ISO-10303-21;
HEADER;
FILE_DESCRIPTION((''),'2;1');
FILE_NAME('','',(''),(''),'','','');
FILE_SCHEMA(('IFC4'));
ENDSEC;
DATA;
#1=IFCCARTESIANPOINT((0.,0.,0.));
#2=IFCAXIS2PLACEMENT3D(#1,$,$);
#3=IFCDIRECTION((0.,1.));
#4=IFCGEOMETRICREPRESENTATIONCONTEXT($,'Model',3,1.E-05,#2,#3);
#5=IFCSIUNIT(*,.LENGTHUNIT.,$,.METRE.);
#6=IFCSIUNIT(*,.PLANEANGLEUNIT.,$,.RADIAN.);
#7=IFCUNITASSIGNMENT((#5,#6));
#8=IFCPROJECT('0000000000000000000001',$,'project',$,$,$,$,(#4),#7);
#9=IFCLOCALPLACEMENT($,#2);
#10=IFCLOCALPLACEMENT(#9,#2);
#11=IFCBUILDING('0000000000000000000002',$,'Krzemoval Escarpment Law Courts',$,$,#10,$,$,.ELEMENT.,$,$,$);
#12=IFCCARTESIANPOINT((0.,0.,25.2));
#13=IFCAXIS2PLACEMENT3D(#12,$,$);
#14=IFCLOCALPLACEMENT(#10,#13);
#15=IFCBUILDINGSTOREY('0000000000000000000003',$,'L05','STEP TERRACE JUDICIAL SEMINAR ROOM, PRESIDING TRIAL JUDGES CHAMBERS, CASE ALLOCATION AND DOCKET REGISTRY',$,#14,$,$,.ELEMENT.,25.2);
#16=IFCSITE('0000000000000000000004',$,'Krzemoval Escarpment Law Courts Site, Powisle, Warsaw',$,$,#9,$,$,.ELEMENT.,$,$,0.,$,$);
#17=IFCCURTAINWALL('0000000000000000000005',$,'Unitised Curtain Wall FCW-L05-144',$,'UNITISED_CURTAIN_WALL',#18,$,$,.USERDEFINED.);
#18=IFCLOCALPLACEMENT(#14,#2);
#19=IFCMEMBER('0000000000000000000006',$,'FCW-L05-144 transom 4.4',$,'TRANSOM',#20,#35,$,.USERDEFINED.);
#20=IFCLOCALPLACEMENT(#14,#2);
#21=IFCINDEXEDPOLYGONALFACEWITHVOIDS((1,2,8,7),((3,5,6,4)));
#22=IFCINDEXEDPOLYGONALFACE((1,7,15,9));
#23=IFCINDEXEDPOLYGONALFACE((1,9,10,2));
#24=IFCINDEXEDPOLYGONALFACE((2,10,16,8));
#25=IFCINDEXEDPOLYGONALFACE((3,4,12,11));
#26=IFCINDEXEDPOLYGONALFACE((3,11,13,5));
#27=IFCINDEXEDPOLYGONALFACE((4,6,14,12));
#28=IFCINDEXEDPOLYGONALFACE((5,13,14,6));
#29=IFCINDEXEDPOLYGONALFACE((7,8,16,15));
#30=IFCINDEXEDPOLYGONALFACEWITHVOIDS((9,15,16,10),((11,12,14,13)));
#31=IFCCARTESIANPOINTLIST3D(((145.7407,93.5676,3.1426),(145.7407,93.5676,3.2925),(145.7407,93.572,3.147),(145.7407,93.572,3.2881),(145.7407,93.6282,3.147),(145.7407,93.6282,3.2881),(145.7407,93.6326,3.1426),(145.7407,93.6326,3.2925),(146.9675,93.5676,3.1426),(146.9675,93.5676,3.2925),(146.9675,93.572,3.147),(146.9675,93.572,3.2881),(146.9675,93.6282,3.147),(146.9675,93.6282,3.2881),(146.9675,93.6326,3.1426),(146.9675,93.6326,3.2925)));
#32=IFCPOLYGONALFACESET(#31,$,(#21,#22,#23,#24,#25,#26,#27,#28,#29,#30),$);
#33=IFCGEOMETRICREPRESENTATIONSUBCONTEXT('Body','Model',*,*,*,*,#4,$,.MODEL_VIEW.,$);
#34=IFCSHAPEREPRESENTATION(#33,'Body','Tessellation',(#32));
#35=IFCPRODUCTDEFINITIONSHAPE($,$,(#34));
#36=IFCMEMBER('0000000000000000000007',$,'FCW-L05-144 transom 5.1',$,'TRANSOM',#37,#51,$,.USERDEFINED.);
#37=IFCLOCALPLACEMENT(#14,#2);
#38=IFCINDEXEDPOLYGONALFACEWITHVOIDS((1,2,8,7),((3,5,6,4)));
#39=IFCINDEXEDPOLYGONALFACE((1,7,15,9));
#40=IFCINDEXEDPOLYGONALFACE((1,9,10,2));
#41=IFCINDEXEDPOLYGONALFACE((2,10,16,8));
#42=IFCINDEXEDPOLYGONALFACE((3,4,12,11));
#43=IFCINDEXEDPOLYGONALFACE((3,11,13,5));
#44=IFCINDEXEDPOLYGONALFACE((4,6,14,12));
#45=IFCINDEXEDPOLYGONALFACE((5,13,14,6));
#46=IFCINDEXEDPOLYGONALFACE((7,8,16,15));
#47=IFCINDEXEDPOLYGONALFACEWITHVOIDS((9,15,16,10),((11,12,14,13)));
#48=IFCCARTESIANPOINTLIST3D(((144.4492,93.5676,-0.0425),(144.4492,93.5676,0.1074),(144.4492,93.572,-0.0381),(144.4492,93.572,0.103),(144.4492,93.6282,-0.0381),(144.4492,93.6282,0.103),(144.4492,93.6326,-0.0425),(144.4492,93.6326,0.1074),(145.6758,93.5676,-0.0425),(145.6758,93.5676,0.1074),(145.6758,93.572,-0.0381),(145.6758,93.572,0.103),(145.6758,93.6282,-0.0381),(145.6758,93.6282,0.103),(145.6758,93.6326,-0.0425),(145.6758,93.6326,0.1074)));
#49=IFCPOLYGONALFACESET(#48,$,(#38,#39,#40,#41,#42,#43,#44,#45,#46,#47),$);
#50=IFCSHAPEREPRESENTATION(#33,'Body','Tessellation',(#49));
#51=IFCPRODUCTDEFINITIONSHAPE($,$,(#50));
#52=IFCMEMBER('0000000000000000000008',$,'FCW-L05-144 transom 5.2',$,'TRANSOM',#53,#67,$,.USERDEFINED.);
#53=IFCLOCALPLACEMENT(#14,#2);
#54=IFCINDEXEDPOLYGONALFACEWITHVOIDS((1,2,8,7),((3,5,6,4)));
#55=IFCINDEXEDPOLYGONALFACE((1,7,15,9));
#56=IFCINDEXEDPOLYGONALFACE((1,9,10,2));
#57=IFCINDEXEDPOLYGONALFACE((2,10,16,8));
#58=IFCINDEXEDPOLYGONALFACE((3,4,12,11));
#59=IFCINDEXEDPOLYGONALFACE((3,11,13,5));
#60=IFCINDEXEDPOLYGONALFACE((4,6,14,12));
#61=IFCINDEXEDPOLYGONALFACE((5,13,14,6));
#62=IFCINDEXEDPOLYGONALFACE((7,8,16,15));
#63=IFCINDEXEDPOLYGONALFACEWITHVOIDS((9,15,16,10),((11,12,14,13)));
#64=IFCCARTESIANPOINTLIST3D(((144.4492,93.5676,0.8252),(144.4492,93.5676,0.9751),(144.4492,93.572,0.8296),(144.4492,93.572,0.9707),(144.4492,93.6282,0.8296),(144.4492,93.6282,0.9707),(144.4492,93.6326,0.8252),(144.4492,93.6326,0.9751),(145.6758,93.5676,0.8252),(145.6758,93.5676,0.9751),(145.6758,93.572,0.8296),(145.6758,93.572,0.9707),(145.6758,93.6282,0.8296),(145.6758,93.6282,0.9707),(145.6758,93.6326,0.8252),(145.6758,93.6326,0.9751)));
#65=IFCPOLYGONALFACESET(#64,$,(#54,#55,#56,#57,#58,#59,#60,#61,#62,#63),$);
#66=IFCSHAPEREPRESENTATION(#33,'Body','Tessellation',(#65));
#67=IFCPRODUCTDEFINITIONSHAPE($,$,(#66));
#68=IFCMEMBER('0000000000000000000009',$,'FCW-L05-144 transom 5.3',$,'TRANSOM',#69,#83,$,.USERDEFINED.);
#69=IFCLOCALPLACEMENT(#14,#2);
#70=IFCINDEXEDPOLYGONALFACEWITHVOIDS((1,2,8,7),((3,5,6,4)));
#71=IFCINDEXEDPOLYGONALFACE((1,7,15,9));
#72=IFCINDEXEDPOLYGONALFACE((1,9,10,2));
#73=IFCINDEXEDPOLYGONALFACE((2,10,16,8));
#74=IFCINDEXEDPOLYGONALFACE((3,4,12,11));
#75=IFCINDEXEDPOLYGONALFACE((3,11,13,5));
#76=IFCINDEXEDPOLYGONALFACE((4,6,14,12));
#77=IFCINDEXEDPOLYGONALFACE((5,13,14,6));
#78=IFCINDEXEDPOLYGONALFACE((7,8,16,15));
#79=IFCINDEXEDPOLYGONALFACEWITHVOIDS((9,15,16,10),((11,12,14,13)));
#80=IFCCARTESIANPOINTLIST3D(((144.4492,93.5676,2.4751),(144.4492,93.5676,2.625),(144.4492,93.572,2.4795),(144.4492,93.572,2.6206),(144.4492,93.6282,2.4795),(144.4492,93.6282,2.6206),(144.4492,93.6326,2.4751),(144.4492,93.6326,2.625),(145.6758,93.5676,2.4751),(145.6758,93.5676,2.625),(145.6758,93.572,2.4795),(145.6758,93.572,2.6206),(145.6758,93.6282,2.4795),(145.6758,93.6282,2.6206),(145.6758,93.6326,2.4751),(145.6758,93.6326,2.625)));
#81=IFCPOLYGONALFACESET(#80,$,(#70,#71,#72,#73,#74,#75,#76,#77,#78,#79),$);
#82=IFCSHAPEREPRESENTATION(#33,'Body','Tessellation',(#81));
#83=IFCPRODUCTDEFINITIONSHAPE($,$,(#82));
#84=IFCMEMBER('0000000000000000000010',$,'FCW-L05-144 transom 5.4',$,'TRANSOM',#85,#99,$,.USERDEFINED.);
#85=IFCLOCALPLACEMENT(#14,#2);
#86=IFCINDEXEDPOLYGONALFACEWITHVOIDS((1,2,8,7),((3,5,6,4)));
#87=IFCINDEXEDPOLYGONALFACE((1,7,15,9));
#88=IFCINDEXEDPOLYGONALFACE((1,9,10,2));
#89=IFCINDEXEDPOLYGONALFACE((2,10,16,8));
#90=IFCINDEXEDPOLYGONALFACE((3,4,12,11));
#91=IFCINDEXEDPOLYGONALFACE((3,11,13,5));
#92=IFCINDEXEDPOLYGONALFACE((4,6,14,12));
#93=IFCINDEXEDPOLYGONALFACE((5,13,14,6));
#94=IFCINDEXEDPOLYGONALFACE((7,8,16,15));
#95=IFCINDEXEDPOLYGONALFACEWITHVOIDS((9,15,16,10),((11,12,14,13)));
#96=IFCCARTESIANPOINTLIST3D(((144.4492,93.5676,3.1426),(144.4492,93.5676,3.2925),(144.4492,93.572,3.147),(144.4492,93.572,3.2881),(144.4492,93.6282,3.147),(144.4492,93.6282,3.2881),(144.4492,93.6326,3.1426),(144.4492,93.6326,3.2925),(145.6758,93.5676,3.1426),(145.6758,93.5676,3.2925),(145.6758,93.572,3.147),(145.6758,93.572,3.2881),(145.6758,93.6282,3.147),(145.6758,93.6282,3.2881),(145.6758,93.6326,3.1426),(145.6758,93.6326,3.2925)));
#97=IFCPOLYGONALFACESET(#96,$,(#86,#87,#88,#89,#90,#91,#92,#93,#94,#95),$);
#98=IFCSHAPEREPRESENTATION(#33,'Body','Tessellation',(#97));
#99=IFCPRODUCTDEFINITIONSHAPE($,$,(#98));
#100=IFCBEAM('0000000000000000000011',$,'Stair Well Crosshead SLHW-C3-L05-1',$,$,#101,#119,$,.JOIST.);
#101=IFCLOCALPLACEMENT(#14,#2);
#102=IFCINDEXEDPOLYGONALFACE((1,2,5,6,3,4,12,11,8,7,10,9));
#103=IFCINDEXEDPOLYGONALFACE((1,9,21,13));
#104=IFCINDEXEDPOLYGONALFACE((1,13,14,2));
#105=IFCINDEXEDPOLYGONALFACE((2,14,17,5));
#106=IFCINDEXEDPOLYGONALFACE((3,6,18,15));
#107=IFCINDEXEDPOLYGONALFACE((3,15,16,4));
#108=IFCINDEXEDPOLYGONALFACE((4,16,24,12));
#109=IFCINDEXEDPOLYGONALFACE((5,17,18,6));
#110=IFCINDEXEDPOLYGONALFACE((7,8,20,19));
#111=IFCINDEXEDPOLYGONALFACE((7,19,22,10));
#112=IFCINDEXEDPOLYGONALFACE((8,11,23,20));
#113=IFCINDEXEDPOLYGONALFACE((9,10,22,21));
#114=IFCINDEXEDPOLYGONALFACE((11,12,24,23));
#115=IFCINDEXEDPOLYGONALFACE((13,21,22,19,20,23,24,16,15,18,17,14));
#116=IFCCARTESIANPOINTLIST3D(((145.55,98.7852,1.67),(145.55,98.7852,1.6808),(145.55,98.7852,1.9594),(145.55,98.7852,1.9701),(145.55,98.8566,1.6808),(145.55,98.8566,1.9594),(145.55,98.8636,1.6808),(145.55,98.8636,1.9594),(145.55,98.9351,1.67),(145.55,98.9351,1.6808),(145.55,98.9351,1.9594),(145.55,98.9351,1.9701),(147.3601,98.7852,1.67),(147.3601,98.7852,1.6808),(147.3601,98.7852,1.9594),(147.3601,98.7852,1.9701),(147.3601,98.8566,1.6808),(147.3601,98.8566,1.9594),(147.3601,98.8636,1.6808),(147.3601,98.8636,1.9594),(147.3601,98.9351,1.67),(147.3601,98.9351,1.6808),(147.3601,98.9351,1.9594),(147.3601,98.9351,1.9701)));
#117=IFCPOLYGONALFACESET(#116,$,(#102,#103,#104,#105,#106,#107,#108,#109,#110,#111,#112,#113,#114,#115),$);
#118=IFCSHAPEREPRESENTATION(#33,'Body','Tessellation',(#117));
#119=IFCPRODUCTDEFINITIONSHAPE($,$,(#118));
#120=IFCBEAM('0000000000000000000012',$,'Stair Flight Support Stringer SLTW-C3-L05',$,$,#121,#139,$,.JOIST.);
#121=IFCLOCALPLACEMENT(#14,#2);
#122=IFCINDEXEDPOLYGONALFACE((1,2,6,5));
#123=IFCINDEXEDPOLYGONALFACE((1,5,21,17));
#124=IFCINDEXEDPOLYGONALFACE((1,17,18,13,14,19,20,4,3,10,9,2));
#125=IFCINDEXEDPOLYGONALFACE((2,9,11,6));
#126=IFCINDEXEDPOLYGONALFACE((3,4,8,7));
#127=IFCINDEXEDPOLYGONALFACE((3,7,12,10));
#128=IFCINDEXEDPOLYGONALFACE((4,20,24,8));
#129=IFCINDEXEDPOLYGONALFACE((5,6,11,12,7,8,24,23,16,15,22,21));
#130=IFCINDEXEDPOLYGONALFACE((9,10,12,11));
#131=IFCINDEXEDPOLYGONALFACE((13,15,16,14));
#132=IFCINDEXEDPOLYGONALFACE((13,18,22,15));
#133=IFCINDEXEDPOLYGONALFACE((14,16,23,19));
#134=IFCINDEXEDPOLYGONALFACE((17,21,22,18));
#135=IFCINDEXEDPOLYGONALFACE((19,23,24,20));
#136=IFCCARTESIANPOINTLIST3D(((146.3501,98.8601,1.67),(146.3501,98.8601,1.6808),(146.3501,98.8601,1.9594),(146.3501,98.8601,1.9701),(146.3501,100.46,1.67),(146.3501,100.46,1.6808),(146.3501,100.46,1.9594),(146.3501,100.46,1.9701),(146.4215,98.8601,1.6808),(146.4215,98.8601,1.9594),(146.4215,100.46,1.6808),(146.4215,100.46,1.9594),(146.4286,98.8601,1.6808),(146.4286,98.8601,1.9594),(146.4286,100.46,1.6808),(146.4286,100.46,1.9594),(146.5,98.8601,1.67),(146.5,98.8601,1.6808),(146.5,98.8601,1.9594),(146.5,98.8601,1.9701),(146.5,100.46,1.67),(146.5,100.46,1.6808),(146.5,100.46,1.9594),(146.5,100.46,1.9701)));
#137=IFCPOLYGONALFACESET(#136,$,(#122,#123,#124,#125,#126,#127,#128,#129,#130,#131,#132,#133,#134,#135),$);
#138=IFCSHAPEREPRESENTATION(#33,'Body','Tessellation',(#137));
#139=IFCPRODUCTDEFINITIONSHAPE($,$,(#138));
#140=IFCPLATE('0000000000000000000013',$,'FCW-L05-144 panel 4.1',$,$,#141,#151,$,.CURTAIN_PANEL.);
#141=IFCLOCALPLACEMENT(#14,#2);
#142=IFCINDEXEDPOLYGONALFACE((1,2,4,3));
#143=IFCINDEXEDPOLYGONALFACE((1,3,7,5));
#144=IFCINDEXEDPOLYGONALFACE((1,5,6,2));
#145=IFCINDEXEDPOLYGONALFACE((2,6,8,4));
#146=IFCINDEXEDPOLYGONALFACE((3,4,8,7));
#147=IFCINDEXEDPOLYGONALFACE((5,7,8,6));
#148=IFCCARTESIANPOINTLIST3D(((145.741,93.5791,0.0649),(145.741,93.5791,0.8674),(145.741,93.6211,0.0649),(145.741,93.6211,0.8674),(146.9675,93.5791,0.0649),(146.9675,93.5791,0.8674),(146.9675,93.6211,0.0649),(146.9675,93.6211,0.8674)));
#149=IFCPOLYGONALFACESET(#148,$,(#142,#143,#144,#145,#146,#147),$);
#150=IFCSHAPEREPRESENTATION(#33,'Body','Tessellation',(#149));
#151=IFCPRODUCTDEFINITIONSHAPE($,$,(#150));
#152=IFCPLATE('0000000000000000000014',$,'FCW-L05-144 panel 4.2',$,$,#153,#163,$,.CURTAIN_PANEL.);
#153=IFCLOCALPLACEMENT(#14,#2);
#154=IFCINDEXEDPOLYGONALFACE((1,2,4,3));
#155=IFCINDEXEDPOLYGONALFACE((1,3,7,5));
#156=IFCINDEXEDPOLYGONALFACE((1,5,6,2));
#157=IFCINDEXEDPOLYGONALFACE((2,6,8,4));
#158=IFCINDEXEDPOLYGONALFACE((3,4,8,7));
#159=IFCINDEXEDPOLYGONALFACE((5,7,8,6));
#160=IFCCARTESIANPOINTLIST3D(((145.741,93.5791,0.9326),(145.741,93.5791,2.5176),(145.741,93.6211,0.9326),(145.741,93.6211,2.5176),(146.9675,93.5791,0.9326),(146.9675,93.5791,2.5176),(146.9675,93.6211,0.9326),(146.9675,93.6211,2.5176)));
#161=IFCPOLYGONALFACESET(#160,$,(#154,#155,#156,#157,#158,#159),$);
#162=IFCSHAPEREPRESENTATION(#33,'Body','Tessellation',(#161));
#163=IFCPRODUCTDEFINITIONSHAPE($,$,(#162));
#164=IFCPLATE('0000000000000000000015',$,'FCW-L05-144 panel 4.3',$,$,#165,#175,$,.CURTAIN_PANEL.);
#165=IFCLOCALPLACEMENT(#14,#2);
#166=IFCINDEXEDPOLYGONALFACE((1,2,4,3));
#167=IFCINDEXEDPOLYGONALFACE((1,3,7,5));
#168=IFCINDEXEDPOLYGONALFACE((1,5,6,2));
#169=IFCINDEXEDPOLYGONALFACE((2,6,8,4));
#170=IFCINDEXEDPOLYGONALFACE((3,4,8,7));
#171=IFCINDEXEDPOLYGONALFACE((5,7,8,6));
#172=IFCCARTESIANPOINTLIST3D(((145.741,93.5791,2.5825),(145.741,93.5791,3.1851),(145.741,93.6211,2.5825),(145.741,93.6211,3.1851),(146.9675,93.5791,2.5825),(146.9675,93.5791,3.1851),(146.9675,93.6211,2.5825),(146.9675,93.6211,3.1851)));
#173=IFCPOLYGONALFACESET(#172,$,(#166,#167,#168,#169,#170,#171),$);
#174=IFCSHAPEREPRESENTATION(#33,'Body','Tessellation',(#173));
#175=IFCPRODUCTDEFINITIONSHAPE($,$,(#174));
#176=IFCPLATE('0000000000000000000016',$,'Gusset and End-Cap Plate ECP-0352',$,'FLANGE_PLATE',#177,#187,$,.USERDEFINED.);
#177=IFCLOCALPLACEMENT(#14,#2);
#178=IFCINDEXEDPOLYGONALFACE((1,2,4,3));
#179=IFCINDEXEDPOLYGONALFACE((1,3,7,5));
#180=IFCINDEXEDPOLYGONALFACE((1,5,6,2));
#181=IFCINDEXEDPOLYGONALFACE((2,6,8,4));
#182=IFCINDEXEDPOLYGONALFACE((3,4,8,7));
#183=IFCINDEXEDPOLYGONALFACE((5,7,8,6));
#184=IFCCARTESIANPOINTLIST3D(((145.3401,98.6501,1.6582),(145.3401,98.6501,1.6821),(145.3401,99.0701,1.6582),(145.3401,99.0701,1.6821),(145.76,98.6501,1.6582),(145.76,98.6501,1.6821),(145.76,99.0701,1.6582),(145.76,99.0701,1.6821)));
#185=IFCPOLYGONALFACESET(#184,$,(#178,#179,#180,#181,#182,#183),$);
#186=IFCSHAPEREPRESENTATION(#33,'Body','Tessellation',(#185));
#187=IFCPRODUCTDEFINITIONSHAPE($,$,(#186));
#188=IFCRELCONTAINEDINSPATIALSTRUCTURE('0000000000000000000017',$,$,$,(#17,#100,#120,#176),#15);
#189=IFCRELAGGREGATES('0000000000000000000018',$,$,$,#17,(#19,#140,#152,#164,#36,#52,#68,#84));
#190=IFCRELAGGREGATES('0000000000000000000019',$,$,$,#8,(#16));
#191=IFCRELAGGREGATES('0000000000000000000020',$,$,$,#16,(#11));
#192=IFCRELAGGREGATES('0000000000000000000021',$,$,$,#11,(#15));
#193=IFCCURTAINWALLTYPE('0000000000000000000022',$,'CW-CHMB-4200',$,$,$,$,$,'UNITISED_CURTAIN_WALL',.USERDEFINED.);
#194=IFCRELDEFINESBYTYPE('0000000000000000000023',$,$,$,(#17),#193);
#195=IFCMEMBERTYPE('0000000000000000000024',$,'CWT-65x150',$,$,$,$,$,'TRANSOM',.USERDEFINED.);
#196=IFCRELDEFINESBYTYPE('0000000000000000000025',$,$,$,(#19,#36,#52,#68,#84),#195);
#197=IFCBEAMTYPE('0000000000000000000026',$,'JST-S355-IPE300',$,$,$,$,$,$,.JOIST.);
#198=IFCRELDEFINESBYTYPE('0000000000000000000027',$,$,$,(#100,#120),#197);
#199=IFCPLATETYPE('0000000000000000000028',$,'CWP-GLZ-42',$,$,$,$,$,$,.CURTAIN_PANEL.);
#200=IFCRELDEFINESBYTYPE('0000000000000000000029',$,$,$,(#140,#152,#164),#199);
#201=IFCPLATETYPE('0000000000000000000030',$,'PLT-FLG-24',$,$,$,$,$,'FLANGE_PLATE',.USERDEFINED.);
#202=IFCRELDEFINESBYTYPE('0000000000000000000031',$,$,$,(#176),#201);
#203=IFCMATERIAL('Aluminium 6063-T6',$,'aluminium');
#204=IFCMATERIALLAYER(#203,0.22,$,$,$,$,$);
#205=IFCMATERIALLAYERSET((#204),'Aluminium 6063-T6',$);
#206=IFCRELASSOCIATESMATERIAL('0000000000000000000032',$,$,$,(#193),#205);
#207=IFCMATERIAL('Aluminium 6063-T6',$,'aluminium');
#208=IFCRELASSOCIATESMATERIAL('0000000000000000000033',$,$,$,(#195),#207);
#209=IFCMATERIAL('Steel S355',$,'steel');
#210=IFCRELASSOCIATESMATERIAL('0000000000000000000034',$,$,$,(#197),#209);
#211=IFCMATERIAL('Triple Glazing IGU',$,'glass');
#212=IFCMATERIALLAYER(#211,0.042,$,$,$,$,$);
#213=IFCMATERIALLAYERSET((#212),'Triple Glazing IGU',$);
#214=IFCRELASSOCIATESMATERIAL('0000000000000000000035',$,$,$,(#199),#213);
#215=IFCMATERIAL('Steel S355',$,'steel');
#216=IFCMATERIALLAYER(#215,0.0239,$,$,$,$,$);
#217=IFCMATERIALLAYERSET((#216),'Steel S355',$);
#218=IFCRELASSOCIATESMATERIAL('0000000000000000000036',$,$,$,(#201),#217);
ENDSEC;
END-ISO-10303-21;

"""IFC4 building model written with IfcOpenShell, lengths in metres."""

from ifc_helpers import new_model, si_unit, direction, frame, origin, origin_2d, place, context, subcontext, project, spatial, rectangle, hollow_rectangle, i_section, extrude, material, layer, layer_set, material_profile, profile_set, type_object, element, aggregate, save


model = new_model("IFC4")

# Units and contexts
model_context = context("Model", 3, precision=1e-05, world=origin(), true_north=direction((0.0, 1.0)))
body_context = subcontext(model_context, "Body", "Model", "MODEL_VIEW")
ifc_project = project(units=[si_unit("LENGTHUNIT", "METRE"), si_unit("PLANEANGLEUNIT", "RADIAN")], contexts=[model_context])

# Site, building, storey
site_placement = place(None, origin())
site = spatial("IfcSite", under=ifc_project, at=site_placement, Name="Krzemoval Escarpment Law Courts Site, Powisle, Warsaw", CompositionType="ELEMENT", RefElevation=0.0)
building_placement = place(site_placement, origin())
building = spatial("IfcBuilding", under=site, at=building_placement, Name="Krzemoval Escarpment Law Courts", CompositionType="ELEMENT")
storey_placement = place(building_placement, frame((0.0, 0.0, 25.2)))
storey = spatial("IfcBuildingStorey", under=building, at=storey_placement, Name="L05", Description="STEP TERRACE JUDICIAL SEMINAR ROOM, PRESIDING TRIAL JUDGES CHAMBERS, CASE ALLOCATION AND DOCKET REGISTRY", CompositionType="ELEMENT", Elevation=25.2)

# Curtain wall, members
ifc_material_1 = material(Name="Aluminium 6063-T6", Category="aluminium")
ifc_layer_1 = layer(ifc_material_1, 0.22)
ifc_layer_set_1 = layer_set([ifc_layer_1], Name="Aluminium 6063-T6")
curtain_wall_type = type_object("IfcCurtainWallType", Name="CW-CHMB-4200", ElementType="UNITISED_CURTAIN_WALL", PredefinedType="USERDEFINED", material=ifc_layer_set_1)
curtain_wall_placement = place(storey_placement, origin())
curtain_wall = element("IfcCurtainWall", 1, at=curtain_wall_placement, inside=storey, type_object=curtain_wall_type, Name="Unitised Curtain Wall FCW-L05-144", ObjectType="UNITISED_CURTAIN_WALL", PredefinedType="USERDEFINED")
ifc_material_2 = material(Name="Aluminium 6063-T6", Category="aluminium")
ifc_material_profile_1 = material_profile(ifc_material_2, hollow_rectangle(XDim=0.0649, YDim=0.1499, WallThickness=0.0044, at=origin_2d()), Name="ALU T65x150")
ifc_profile_set_1 = profile_set([ifc_material_profile_1], Name="Aluminium 6063-T6")
member_type_1 = type_object("IfcMemberType", Name="CWT-65x150", ElementType="TRANSOM", PredefinedType="USERDEFINED", material=ifc_profile_set_1)
member_1_placement = place(storey_placement, frame((146.9675, 93.6001, 3.2175), z_axis=(-1.0, 0.0, 0.0), x_axis=(0.0, -1.0, 0.0)))
member_1 = element("IfcMember", 2, at=member_1_placement, type_object=member_type_1, Name="FCW-L05-144 transom 4.4", ObjectType="TRANSOM", PredefinedType="USERDEFINED", context=body_context, shape_type="SweptSolid", body=[
    extrude(hollow_rectangle(XDim=0.0649, YDim=0.1499, WallThickness=0.0044, at=origin_2d()), origin(), (0.0, 0.0, 1.0), 1.2268),
])
member_2_placement = place(storey_placement, frame((145.6758, 93.6001, 0.0325), z_axis=(-1.0, 0.0, 0.0), x_axis=(0.0, -1.0, 0.0)))
member_2 = element("IfcMember", 3, at=member_2_placement, type_object=member_type_1, Name="FCW-L05-144 transom 5.1", ObjectType="TRANSOM", PredefinedType="USERDEFINED", context=body_context, shape_type="SweptSolid", body=[
    extrude(hollow_rectangle(XDim=0.0649, YDim=0.1499, WallThickness=0.0044, at=origin_2d()), origin(), (0.0, 0.0, 1.0), 1.2266),
])
member_3_placement = place(storey_placement, frame((145.6758, 93.6001, 0.9001), z_axis=(-1.0, 0.0, 0.0), x_axis=(0.0, -1.0, 0.0)))
member_3 = element("IfcMember", 4, at=member_3_placement, type_object=member_type_1, Name="FCW-L05-144 transom 5.2", ObjectType="TRANSOM", PredefinedType="USERDEFINED", context=body_context, shape_type="SweptSolid", body=[
    extrude(hollow_rectangle(XDim=0.0649, YDim=0.1499, WallThickness=0.0044, at=origin_2d()), origin(), (0.0, 0.0, 1.0), 1.2266),
])
member_4_placement = place(storey_placement, frame((145.6758, 93.6001, 2.55), z_axis=(-1.0, 0.0, 0.0), x_axis=(0.0, -1.0, 0.0)))
member_4 = element("IfcMember", 5, at=member_4_placement, type_object=member_type_1, Name="FCW-L05-144 transom 5.3", ObjectType="TRANSOM", PredefinedType="USERDEFINED", context=body_context, shape_type="SweptSolid", body=[
    extrude(hollow_rectangle(XDim=0.0649, YDim=0.1499, WallThickness=0.0044, at=origin_2d()), origin(), (0.0, 0.0, 1.0), 1.2266),
])
member_5_placement = place(storey_placement, frame((145.6758, 93.6001, 3.2175), z_axis=(-1.0, 0.0, 0.0), x_axis=(0.0, -1.0, 0.0)))
member_5 = element("IfcMember", 6, at=member_5_placement, type_object=member_type_1, Name="FCW-L05-144 transom 5.4", ObjectType="TRANSOM", PredefinedType="USERDEFINED", context=body_context, shape_type="SweptSolid", body=[
    extrude(hollow_rectangle(XDim=0.0649, YDim=0.1499, WallThickness=0.0044, at=origin_2d()), origin(), (0.0, 0.0, 1.0), 1.2266),
])

# Beams
ifc_material_3 = material(Name="Steel S355", Category="steel")
ifc_material_profile_2 = material_profile(ifc_material_3, i_section(OverallWidth=0.1499, OverallDepth=0.3, WebThickness=0.0071, FlangeThickness=0.0107, at=origin_2d()), Name="IPE 300")
ifc_profile_set_2 = profile_set([ifc_material_profile_2], Name="Steel S355")
beam_type_1 = type_object("IfcBeamType", Name="JST-S355-IPE300", PredefinedType="JOIST", material=ifc_profile_set_2)
beam_1_placement = place(storey_placement, frame((145.55, 98.8601, 1.8201), z_axis=(1.0, 0.0, 0.0), x_axis=(0.0, 1.0, 0.0)))
element("IfcBeam", 7, at=beam_1_placement, inside=storey, type_object=beam_type_1, Name="Stair Well Crosshead SLHW-C3-L05-1", PredefinedType="JOIST", context=body_context, shape_type="SweptSolid", body=[
    extrude(i_section(OverallWidth=0.1499, OverallDepth=0.3, WebThickness=0.0071, FlangeThickness=0.0107, at=origin_2d()), origin(), (0.0, 0.0, 1.0), 1.8101),
])
beam_2_placement = place(storey_placement, frame((146.425, 98.8601, 1.8201), z_axis=(0.0, 1.0, 0.0), x_axis=(-1.0, 0.0, 0.0)))
element("IfcBeam", 8, at=beam_2_placement, inside=storey, type_object=beam_type_1, Name="Stair Flight Support Stringer SLTW-C3-L05", PredefinedType="JOIST", context=body_context, shape_type="SweptSolid", body=[
    extrude(i_section(OverallWidth=0.1499, OverallDepth=0.3, WebThickness=0.0071, FlangeThickness=0.0107, at=origin_2d()), origin(), (0.0, 0.0, 1.0), 1.5999),
])

# Plates
ifc_material_4 = material(Name="Triple Glazing IGU", Category="glass")
ifc_layer_2 = layer(ifc_material_4, 0.042)
ifc_layer_set_2 = layer_set([ifc_layer_2], Name="Triple Glazing IGU")
plate_type_1 = type_object("IfcPlateType", Name="CWP-GLZ-42", PredefinedType="CURTAIN_PANEL", material=ifc_layer_set_2)
plate_1_placement = place(storey_placement, frame((146.3542, 93.6001, 0.0649), z_axis=(0.0, 0.0, 1.0), x_axis=(-1.0, 0.0, 0.0)))
plate_1 = element("IfcPlate", 9, at=plate_1_placement, type_object=plate_type_1, Name="FCW-L05-144 panel 4.1", PredefinedType="CURTAIN_PANEL", context=body_context, shape_type="SweptSolid", body=[
    extrude(rectangle(XDim=1.2266, YDim=0.042, at=origin_2d()), origin(), (0.0, 0.0, 1.0), 0.8025),
])
plate_2_placement = place(storey_placement, frame((146.3542, 93.6001, 0.9326), z_axis=(0.0, 0.0, 1.0), x_axis=(-1.0, 0.0, 0.0)))
plate_2 = element("IfcPlate", 10, at=plate_2_placement, type_object=plate_type_1, Name="FCW-L05-144 panel 4.2", PredefinedType="CURTAIN_PANEL", context=body_context, shape_type="SweptSolid", body=[
    extrude(rectangle(XDim=1.2266, YDim=0.042, at=origin_2d()), origin(), (0.0, 0.0, 1.0), 1.585),
])
plate_3_placement = place(storey_placement, frame((146.3542, 93.6001, 2.5825), z_axis=(0.0, 0.0, 1.0), x_axis=(-1.0, 0.0, 0.0)))
plate_3 = element("IfcPlate", 11, at=plate_3_placement, type_object=plate_type_1, Name="FCW-L05-144 panel 4.3", PredefinedType="CURTAIN_PANEL", context=body_context, shape_type="SweptSolid", body=[
    extrude(rectangle(XDim=1.2266, YDim=0.042, at=origin_2d()), origin(), (0.0, 0.0, 1.0), 0.6025),
])
aggregate(curtain_wall, [member_1, plate_1, plate_2, plate_3, member_2, member_3, member_4, member_5])
ifc_material_5 = material(Name="Steel S355", Category="steel")
ifc_layer_3 = layer(ifc_material_5, 0.0239)
ifc_layer_set_3 = layer_set([ifc_layer_3], Name="Steel S355")
plate_type_2 = type_object("IfcPlateType", Name="PLT-FLG-24", ElementType="FLANGE_PLATE", PredefinedType="USERDEFINED", material=ifc_layer_set_3)
plate_4_placement = place(storey_placement, frame((145.55, 98.8601, 1.6582), z_axis=(0.0, 0.0, 1.0), x_axis=(1.0, 0.0, 0.0)))
element("IfcPlate", 12, at=plate_4_placement, inside=storey, type_object=plate_type_2, Name="Gusset and End-Cap Plate ECP-0352", ObjectType="FLANGE_PLATE", PredefinedType="USERDEFINED", context=body_context, shape_type="SweptSolid", body=[
    extrude(rectangle(XDim=0.4199, YDim=0.4199, at=origin_2d()), origin(), (0.0, 0.0, 1.0), 0.0239),
])

save(model, "model.ifc")
